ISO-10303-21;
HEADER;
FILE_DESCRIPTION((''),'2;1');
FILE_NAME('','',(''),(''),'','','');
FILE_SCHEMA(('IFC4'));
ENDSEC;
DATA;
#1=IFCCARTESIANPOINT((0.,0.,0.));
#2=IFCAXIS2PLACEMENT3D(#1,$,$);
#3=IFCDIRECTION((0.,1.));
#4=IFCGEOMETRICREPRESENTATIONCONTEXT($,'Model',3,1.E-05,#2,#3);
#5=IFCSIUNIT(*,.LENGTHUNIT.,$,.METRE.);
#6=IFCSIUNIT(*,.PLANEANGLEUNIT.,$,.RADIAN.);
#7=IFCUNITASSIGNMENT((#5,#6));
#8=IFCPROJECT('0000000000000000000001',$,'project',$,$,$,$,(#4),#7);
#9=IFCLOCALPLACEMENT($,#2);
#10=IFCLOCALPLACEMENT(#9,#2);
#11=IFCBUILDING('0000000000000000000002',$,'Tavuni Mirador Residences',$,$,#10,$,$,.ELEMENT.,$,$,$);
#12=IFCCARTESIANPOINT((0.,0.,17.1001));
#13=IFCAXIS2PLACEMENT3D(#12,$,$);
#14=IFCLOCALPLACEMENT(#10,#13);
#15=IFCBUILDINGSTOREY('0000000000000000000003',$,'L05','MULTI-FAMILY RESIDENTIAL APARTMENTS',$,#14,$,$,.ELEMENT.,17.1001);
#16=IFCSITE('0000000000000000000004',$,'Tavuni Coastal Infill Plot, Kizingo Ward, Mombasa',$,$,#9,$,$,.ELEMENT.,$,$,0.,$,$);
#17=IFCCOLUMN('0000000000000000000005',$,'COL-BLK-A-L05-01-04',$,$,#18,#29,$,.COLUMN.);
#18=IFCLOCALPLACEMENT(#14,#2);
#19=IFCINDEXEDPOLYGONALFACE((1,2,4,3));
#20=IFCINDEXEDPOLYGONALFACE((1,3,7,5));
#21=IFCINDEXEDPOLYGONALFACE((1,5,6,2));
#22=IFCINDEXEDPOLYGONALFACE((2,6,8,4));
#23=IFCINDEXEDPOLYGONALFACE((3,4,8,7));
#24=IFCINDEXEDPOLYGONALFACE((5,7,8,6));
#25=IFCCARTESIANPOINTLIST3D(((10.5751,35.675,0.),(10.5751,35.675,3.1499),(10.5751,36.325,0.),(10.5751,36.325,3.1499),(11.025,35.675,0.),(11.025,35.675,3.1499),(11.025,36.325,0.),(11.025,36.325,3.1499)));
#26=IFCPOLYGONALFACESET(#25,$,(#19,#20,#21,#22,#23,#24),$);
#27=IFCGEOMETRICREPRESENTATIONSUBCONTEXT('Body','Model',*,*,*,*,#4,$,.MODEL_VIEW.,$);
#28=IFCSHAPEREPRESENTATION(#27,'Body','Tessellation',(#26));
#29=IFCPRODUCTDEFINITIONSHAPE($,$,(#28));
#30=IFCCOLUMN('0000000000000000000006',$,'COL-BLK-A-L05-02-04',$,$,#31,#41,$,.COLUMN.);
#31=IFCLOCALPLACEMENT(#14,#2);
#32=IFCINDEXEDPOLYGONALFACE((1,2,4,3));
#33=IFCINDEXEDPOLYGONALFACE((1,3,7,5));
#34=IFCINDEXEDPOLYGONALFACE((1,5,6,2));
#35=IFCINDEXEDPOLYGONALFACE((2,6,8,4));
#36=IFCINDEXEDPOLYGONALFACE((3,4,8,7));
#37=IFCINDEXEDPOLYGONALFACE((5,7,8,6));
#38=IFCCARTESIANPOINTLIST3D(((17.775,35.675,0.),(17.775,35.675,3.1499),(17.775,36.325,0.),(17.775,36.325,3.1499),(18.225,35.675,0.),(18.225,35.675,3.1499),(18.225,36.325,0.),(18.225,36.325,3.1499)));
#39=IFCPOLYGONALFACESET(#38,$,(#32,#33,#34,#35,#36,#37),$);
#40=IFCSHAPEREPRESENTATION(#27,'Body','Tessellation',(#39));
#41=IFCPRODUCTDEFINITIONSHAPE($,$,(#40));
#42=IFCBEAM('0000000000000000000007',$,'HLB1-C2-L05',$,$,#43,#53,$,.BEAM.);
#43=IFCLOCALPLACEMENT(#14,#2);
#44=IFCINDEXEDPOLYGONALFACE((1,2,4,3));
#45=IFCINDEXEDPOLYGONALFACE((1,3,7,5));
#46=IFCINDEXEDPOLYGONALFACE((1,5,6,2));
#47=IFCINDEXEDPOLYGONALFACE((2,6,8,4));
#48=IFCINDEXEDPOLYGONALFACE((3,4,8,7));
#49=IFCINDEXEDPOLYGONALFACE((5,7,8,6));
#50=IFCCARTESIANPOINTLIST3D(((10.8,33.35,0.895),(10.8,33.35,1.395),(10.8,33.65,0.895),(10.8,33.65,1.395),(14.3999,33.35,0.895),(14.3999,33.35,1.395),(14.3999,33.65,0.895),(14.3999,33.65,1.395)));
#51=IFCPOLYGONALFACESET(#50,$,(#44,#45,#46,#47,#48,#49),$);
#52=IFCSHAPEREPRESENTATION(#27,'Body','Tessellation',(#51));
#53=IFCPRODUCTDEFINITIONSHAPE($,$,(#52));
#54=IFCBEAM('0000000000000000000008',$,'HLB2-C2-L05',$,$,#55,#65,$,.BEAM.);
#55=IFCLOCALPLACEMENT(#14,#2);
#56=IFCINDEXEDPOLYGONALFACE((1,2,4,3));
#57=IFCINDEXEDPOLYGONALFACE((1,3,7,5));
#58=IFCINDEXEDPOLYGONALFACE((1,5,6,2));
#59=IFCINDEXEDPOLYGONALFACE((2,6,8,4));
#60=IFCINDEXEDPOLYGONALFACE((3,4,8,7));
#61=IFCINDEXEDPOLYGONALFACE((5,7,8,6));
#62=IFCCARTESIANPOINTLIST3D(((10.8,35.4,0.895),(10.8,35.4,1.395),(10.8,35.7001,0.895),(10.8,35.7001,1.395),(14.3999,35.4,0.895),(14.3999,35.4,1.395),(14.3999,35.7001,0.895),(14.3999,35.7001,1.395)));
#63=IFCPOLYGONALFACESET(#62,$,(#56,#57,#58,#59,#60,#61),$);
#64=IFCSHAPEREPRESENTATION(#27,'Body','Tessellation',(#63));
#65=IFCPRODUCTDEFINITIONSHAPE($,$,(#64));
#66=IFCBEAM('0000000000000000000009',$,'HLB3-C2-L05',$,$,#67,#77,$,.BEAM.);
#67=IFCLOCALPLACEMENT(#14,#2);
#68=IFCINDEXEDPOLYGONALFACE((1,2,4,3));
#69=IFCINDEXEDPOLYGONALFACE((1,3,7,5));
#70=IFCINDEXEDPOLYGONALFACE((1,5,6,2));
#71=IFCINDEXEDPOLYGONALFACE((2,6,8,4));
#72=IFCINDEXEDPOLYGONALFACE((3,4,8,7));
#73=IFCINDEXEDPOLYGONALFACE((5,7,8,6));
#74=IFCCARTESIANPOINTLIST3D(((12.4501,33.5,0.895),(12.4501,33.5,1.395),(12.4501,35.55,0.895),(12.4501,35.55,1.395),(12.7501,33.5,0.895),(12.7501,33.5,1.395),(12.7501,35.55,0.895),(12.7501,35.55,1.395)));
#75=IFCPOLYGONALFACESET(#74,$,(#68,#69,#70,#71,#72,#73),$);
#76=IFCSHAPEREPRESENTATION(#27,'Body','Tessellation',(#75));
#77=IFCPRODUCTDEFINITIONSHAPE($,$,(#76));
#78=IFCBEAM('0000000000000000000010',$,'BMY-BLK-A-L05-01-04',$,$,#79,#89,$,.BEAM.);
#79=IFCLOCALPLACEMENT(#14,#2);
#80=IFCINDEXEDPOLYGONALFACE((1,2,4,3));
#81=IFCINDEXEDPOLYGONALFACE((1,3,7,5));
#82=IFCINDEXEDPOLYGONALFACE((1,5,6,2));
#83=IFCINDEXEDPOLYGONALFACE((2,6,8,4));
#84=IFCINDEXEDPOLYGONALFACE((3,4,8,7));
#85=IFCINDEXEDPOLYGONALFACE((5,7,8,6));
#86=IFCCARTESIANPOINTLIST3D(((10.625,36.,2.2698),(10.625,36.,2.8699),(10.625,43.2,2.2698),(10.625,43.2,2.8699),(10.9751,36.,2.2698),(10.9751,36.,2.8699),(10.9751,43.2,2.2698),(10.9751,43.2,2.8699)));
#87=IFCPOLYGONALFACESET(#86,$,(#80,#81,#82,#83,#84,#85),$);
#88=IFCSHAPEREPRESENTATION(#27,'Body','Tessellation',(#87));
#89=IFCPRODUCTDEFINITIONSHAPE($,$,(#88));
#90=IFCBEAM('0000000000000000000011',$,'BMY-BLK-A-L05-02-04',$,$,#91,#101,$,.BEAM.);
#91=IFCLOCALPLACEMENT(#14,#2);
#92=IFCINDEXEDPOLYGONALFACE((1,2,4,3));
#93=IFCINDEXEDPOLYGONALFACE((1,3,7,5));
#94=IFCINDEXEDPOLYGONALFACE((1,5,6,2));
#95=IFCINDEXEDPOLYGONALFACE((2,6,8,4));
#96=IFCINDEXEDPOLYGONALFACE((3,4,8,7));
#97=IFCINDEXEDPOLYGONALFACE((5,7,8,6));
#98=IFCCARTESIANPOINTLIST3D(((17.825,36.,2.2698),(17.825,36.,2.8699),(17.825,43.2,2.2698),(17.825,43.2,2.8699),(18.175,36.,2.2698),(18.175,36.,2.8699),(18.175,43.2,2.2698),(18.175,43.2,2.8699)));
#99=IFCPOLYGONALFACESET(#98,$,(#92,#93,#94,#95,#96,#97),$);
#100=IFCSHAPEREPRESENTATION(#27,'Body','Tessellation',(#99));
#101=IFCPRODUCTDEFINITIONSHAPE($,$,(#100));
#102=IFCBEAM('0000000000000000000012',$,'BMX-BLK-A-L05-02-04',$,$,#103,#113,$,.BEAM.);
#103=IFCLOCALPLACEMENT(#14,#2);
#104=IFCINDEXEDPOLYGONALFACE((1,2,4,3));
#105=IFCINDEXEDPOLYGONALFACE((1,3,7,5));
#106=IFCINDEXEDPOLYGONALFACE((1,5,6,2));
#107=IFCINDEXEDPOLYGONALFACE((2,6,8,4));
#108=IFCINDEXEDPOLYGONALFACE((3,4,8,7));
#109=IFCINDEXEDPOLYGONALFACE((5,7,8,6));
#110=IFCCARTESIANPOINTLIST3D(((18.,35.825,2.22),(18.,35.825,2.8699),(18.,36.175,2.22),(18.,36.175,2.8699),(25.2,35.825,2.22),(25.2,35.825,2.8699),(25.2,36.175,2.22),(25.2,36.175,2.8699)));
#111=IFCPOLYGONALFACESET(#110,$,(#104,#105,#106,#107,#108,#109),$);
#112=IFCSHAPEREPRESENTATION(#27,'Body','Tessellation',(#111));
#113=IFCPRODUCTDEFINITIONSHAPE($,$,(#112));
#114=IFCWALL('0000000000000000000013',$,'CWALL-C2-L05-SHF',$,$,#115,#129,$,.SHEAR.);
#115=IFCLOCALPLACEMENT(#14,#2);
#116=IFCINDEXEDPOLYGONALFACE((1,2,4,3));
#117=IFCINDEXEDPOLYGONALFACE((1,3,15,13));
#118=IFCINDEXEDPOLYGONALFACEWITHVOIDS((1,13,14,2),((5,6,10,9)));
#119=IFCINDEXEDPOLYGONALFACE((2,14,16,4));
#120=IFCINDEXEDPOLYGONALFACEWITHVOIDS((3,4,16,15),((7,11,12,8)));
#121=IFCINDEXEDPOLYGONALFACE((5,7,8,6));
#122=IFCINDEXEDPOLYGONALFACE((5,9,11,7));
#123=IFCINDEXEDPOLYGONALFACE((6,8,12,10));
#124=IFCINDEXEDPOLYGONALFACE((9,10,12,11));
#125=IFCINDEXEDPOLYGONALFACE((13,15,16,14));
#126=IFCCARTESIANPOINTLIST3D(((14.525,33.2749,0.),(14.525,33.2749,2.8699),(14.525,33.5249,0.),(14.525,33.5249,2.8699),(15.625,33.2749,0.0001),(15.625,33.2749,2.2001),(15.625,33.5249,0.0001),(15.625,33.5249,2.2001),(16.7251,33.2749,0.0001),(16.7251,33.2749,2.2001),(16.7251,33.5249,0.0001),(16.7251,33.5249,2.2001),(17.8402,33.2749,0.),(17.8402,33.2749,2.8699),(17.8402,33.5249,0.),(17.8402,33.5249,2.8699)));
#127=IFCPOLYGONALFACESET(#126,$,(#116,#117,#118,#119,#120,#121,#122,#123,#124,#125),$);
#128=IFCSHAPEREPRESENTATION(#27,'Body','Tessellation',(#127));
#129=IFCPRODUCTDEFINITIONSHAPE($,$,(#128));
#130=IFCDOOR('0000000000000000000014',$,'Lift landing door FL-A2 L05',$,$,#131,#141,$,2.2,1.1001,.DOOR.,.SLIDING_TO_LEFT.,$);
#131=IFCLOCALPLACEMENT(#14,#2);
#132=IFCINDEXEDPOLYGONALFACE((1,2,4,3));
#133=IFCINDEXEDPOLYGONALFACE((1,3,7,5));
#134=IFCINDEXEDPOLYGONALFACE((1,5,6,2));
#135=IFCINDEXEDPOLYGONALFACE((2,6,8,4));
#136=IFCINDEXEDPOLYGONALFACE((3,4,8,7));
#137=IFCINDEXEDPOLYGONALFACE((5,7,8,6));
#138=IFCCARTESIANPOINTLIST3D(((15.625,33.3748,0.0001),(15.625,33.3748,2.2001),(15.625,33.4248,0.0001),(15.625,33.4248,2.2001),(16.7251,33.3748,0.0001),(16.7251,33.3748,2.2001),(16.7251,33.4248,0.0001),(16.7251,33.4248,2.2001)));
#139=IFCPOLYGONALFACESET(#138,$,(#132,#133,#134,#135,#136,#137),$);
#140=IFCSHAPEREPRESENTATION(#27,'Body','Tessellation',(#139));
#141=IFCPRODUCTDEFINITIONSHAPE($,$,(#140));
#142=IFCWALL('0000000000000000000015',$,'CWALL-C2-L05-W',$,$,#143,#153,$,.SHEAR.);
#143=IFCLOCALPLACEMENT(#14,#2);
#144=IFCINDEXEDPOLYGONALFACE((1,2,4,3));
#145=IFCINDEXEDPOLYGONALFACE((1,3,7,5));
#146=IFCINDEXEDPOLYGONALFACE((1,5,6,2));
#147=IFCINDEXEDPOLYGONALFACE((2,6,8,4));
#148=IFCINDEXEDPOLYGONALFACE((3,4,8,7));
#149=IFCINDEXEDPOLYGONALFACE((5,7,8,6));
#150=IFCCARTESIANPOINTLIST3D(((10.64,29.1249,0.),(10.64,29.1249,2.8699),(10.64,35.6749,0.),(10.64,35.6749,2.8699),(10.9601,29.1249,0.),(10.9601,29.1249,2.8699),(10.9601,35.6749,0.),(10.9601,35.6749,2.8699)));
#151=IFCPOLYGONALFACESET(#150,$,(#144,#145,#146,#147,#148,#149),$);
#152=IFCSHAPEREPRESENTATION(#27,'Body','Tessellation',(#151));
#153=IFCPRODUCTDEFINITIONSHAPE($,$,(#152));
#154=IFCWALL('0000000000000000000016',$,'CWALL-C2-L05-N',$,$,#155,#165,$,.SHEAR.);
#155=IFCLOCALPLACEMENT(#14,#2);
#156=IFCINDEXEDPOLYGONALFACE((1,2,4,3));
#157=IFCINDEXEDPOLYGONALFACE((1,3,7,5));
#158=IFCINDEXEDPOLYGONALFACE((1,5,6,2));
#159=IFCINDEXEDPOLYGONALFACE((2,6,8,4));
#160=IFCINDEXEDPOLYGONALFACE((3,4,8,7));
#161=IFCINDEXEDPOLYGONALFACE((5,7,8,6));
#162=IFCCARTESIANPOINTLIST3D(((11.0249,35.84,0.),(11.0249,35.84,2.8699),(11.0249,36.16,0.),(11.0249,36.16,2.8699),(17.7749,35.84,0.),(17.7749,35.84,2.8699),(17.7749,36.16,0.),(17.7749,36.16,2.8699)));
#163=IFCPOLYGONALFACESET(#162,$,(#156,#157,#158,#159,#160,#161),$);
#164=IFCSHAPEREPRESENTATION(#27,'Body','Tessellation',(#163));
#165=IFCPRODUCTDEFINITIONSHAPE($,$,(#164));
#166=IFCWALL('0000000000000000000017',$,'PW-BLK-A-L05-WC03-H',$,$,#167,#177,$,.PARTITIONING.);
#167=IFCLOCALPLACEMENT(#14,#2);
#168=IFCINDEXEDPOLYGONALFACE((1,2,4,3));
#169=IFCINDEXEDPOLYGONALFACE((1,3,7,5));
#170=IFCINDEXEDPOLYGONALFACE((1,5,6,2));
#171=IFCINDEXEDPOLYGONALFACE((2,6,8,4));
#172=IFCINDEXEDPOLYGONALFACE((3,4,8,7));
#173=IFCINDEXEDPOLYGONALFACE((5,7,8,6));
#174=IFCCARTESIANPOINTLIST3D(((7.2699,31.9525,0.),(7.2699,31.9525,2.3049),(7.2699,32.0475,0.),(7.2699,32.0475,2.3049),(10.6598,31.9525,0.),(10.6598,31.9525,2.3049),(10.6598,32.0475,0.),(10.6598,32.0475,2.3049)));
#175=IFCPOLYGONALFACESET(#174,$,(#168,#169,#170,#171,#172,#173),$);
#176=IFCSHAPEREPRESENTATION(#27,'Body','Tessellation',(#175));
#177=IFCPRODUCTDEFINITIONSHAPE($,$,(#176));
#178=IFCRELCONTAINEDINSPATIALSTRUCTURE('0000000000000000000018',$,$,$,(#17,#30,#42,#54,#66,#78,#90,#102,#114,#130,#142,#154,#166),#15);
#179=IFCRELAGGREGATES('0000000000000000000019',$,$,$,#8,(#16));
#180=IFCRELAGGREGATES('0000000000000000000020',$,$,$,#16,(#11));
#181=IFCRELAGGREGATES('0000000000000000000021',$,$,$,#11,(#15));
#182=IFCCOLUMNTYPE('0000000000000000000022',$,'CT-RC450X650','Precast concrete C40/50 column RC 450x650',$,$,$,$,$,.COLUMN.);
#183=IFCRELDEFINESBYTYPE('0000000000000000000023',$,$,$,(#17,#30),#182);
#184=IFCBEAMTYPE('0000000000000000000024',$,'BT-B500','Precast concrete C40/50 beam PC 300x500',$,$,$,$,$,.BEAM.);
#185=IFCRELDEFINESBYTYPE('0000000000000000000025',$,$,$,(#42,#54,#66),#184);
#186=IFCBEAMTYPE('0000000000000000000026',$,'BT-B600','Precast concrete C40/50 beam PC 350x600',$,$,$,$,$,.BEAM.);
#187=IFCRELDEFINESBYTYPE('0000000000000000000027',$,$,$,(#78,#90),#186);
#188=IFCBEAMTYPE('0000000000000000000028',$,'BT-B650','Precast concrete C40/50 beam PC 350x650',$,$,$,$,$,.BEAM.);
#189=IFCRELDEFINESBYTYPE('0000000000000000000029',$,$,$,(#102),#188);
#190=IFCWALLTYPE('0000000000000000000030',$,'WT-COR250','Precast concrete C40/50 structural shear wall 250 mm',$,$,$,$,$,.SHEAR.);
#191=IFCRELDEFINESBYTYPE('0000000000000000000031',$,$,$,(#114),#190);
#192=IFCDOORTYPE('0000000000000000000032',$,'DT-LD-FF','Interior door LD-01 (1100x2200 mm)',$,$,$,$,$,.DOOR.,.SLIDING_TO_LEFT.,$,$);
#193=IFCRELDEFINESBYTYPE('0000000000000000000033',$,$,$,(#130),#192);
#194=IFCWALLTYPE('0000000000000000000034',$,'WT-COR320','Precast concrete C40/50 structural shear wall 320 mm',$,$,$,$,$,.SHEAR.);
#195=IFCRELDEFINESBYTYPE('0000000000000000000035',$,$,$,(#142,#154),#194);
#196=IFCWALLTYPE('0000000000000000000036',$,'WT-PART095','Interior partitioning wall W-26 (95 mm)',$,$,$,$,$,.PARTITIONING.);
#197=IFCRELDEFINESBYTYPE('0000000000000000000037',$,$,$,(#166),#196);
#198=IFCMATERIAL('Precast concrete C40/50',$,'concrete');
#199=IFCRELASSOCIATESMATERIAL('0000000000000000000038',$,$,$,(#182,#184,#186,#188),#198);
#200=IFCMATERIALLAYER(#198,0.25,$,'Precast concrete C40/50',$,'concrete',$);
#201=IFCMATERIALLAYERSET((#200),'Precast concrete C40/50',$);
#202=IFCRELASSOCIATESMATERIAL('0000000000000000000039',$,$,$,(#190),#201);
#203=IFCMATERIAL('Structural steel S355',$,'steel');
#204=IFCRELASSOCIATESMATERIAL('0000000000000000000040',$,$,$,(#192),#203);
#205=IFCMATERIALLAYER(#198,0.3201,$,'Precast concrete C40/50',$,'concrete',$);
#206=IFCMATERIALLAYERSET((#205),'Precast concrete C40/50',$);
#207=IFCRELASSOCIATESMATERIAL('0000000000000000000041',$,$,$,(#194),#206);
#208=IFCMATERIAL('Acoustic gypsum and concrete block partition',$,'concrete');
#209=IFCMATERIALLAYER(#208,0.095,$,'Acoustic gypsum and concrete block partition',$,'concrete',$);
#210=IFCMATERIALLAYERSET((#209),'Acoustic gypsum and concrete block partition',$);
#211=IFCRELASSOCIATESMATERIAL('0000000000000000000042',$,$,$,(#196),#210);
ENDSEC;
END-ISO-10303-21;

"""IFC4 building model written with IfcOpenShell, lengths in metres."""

from ifc_helpers import new_model, si_unit, direction, frame, frame_2d, origin, origin_2d, place, context, subcontext, project, spatial, rectangle, extrude, material, layer, layer_set, material_profile, profile_set, type_object, element, fill, save


model = new_model("IFC4")

# Units and contexts
model_context = context("Model", 3, precision=1e-05, world=origin(), true_north=direction((0.0, 1.0)))
body_context = subcontext(model_context, "Body", "Model", "MODEL_VIEW")
ifc_project = project(units=[si_unit("LENGTHUNIT", "METRE"), si_unit("PLANEANGLEUNIT", "RADIAN")], contexts=[model_context])

# Site, building, storey
site_placement = place(None, origin())
site = spatial("IfcSite", under=ifc_project, at=site_placement, Name="Tavuni Coastal Infill Plot, Kizingo Ward, Mombasa", CompositionType="ELEMENT", RefElevation=0.0)
building_placement = place(site_placement, origin())
building = spatial("IfcBuilding", under=site, at=building_placement, Name="Tavuni Mirador Residences", CompositionType="ELEMENT")
storey_placement = place(building_placement, frame((0.0, 0.0, 17.1001)))
storey = spatial("IfcBuildingStorey", under=building, at=storey_placement, Name="L05", Description="MULTI-FAMILY RESIDENTIAL APARTMENTS", CompositionType="ELEMENT", Elevation=17.1001)

# Columns
ifc_material_1 = material(Name="Precast concrete C40/50", Category="concrete")
ifc_material_profile_1 = material_profile(ifc_material_1, rectangle(XDim=0.45, YDim=0.6499, at=origin_2d()), Name="RC 450x650", Category="concrete")
ifc_profile_set_1 = profile_set([ifc_material_profile_1], Name="Precast concrete C40/50")
column_type = type_object("IfcColumnType", Name="CT-RC450X650", Description="Precast concrete C40/50 column RC 450x650", PredefinedType="COLUMN", material=ifc_profile_set_1)
for number, where, z_axis, x_axis, name in (
    (1, (10.8, 36.0, 0.0), (0.0, 0.0, 1.0), (1.0, 0.0, 0.0), "COL-BLK-A-L05-01-04"),
    (2, (18.0, 36.0, 0.0), (0.0, 0.0, 1.0), (1.0, 0.0, 0.0), "COL-BLK-A-L05-02-04"),
):
    element("IfcColumn", number, at=place(storey_placement, frame(where, z_axis=z_axis, x_axis=x_axis)), inside=storey, type_object=column_type, Name=name, PredefinedType="COLUMN", context=body_context, shape_type="SweptSolid", body=[
        extrude(rectangle(XDim=0.45, YDim=0.6499, at=origin_2d()), origin(), (0.0, 0.0, 1.0), 3.1499),
    ])

# Beams
ifc_material_profile_2 = material_profile(ifc_material_1, rectangle(XDim=0.3, YDim=0.5, at=origin_2d()), Name="PC 300x500", Category="concrete")
ifc_profile_set_2 = profile_set([ifc_material_profile_2], Name="Precast concrete C40/50")
beam_type_1 = type_object("IfcBeamType", Name="BT-B500", Description="Precast concrete C40/50 beam PC 300x500", PredefinedType="BEAM", material=ifc_profile_set_2)
for number, where, z_axis, x_axis, name in (
    (3, (10.8, 33.5, 1.145), (1.0, 0.0, 0.0), (0.0, 1.0, 0.0), "HLB1-C2-L05"),
    (4, (10.8, 35.55, 1.145), (1.0, 0.0, 0.0), (0.0, 1.0, 0.0), "HLB2-C2-L05"),
):
    element("IfcBeam", number, at=place(storey_placement, frame(where, z_axis=z_axis, x_axis=x_axis)), inside=storey, type_object=beam_type_1, Name=name, PredefinedType="BEAM", context=body_context, shape_type="SweptSolid", body=[
        extrude(rectangle(XDim=0.3, YDim=0.5, at=origin_2d()), origin(), (0.0, 0.0, 1.0), 3.5999),
    ])
beam_1_placement = place(storey_placement, frame((12.6001, 33.5, 1.145), z_axis=(0.0, 1.0, 0.0), x_axis=(-1.0, 0.0, 0.0)))
element("IfcBeam", 5, at=beam_1_placement, inside=storey, type_object=beam_type_1, Name="HLB3-C2-L05", PredefinedType="BEAM", context=body_context, shape_type="SweptSolid", body=[
    extrude(rectangle(XDim=0.3, YDim=0.5, at=origin_2d()), origin(), (0.0, 0.0, 1.0), 2.05),
])
ifc_material_profile_3 = material_profile(ifc_material_1, rectangle(XDim=0.3501, YDim=0.6001, at=origin_2d()), Name="PC 350x600", Category="concrete")
ifc_profile_set_3 = profile_set([ifc_material_profile_3], Name="Precast concrete C40/50")
beam_type_2 = type_object("IfcBeamType", Name="BT-B600", Description="Precast concrete C40/50 beam PC 350x600", PredefinedType="BEAM", material=ifc_profile_set_3)
for number, where, z_axis, x_axis, name in (
    (6, (10.8, 36.0, 2.5698), (0.0, 1.0, 0.0), (-1.0, 0.0, 0.0), "BMY-BLK-A-L05-01-04"),
    (7, (18.0, 36.0, 2.5698), (0.0, 1.0, 0.0), (-1.0, 0.0, 0.0), "BMY-BLK-A-L05-02-04"),
):
    element("IfcBeam", number, at=place(storey_placement, frame(where, z_axis=z_axis, x_axis=x_axis)), inside=storey, type_object=beam_type_2, Name=name, PredefinedType="BEAM", context=body_context, shape_type="SweptSolid", body=[
        extrude(rectangle(XDim=0.3501, YDim=0.6001, at=origin_2d()), origin(), (0.0, 0.0, 1.0), 7.2),
    ])
ifc_material_profile_4 = material_profile(ifc_material_1, rectangle(XDim=0.3501, YDim=0.6499, at=origin_2d()), Name="PC 350x650", Category="concrete")
ifc_profile_set_4 = profile_set([ifc_material_profile_4], Name="Precast concrete C40/50")
beam_type_3 = type_object("IfcBeamType", Name="BT-B650", Description="Precast concrete C40/50 beam PC 350x650", PredefinedType="BEAM", material=ifc_profile_set_4)
beam_2_placement = place(storey_placement, frame((18.0, 36.0, 2.5449), z_axis=(1.0, 0.0, 0.0), x_axis=(0.0, 1.0, 0.0)))
element("IfcBeam", 8, at=beam_2_placement, inside=storey, type_object=beam_type_3, Name="BMX-BLK-A-L05-02-04", PredefinedType="BEAM", context=body_context, shape_type="SweptSolid", body=[
    extrude(rectangle(XDim=0.3501, YDim=0.6499, at=origin_2d()), origin(), (0.0, 0.0, 1.0), 7.2),
])

# Wall, opening, door
ifc_layer_1 = layer(ifc_material_1, 0.25, Name="Precast concrete C40/50", Category="concrete")
ifc_layer_set_1 = layer_set([ifc_layer_1], Name="Precast concrete C40/50")
wall_type_1 = type_object("IfcWallType", Name="WT-COR250", Description="Precast concrete C40/50 structural shear wall 250 mm", PredefinedType="SHEAR", material=ifc_layer_set_1)
wall_1_placement = place(storey_placement, frame((14.5249, 33.3999, 0.0), z_axis=(0.0, 0.0, 1.0), x_axis=(1.0, 0.0, 0.0)))
wall_1 = element("IfcWall", 9, at=wall_1_placement, inside=storey, type_object=wall_type_1, Name="CWALL-C2-L05-SHF", PredefinedType="SHEAR", context=body_context, shape_type="SweptSolid", body=[
    extrude(rectangle(XDim=3.3152, YDim=0.25, at=frame_2d((1.6577, 0.0))), origin(), (0.0, 0.0, 1.0), 2.8699),
])
opening_1_placement = place(wall_1_placement, frame((1.1001, 0.0, 0.0)))
opening_1 = element("IfcOpeningElement", 10, at=opening_1_placement, cuts=wall_1, PredefinedType="OPENING", context=body_context, shape_type="SweptSolid", body=[
    extrude(rectangle(XDim=1.1001, YDim=2.2, at=frame_2d((0.55, 1.1001))), frame((0.0, 0.135, 0.0), z_axis=(0.0, -1.0, 0.0), x_axis=(1.0, 0.0, 0.0)), (0.0, 0.0, 1.0), 0.27),
])
ifc_material_2 = material(Name="Structural steel S355", Category="steel")
door_type_1 = type_object("IfcDoorType", Name="DT-LD-FF", Description="Interior door LD-01 (1100x2200 mm)", OperationType="SLIDING_TO_LEFT", PredefinedType="DOOR", material=ifc_material_2)
door_1_placement = place(opening_1_placement, origin())
door_1 = element("IfcDoor", 11, at=door_1_placement, inside=storey, type_object=door_type_1, Name="Lift landing door FL-A2 L05", OperationType="SLIDING_TO_LEFT", OverallHeight=2.2, OverallWidth=1.1001, PredefinedType="DOOR", context=body_context, shape_type="SweptSolid", body=[
    extrude(rectangle(XDim=1.1001, YDim=2.2, at=frame_2d((0.55, 1.1001))), frame((0.0, 0.0249, 0.0), z_axis=(0.0, -1.0, 0.0), x_axis=(1.0, 0.0, 0.0)), (0.0, 0.0, 1.0), 0.05),
])
fill(opening_1, door_1)

# Walls
ifc_layer_2 = layer(ifc_material_1, 0.3201, Name="Precast concrete C40/50", Category="concrete")
ifc_layer_set_2 = layer_set([ifc_layer_2], Name="Precast concrete C40/50")
wall_type_2 = type_object("IfcWallType", Name="WT-COR320", Description="Precast concrete C40/50 structural shear wall 320 mm", PredefinedType="SHEAR", material=ifc_layer_set_2)
wall_2_placement = place(storey_placement, frame((10.8, 29.125, 0.0), z_axis=(0.0, 0.0, 1.0), x_axis=(0.0, 1.0, 0.0)))
element("IfcWall", 12, at=wall_2_placement, inside=storey, type_object=wall_type_2, Name="CWALL-C2-L05-W", PredefinedType="SHEAR", context=body_context, shape_type="SweptSolid", body=[
    extrude(rectangle(XDim=6.55, YDim=0.3201, at=frame_2d((3.2749, 0.0))), origin(), (0.0, 0.0, 1.0), 2.8699),
])
wall_3_placement = place(storey_placement, frame((11.0249, 36.0, 0.0), z_axis=(0.0, 0.0, 1.0), x_axis=(1.0, 0.0, 0.0)))
element("IfcWall", 13, at=wall_3_placement, inside=storey, type_object=wall_type_2, Name="CWALL-C2-L05-N", PredefinedType="SHEAR", context=body_context, shape_type="SweptSolid", body=[
    extrude(rectangle(XDim=6.75, YDim=0.3201, at=frame_2d((3.375, 0.0))), origin(), (0.0, 0.0, 1.0), 2.8699),
])

# Wall
ifc_material_3 = material(Name="Acoustic gypsum and concrete block partition", Category="concrete")
ifc_layer_3 = layer(ifc_material_3, 0.095, Name="Acoustic gypsum and concrete block partition", Category="concrete")
ifc_layer_set_3 = layer_set([ifc_layer_3], Name="Acoustic gypsum and concrete block partition")
wall_type_3 = type_object("IfcWallType", Name="WT-PART095", Description="Interior partitioning wall W-26 (95 mm)", PredefinedType="PARTITIONING", material=ifc_layer_set_3)
wall_4_placement = place(storey_placement, frame((7.27, 32.0, 0.0), z_axis=(0.0, 0.0, 1.0), x_axis=(1.0, 0.0, 0.0)))
element("IfcWall", 14, at=wall_4_placement, inside=storey, type_object=wall_type_3, Name="PW-BLK-A-L05-WC03-H", PredefinedType="PARTITIONING", context=body_context, shape_type="SweptSolid", body=[
    extrude(rectangle(XDim=3.3899, YDim=0.095, at=frame_2d((1.6948, 0.0))), origin(), (0.0, 0.0, 1.0), 2.3049),
])

save(model, "model.ifc")
